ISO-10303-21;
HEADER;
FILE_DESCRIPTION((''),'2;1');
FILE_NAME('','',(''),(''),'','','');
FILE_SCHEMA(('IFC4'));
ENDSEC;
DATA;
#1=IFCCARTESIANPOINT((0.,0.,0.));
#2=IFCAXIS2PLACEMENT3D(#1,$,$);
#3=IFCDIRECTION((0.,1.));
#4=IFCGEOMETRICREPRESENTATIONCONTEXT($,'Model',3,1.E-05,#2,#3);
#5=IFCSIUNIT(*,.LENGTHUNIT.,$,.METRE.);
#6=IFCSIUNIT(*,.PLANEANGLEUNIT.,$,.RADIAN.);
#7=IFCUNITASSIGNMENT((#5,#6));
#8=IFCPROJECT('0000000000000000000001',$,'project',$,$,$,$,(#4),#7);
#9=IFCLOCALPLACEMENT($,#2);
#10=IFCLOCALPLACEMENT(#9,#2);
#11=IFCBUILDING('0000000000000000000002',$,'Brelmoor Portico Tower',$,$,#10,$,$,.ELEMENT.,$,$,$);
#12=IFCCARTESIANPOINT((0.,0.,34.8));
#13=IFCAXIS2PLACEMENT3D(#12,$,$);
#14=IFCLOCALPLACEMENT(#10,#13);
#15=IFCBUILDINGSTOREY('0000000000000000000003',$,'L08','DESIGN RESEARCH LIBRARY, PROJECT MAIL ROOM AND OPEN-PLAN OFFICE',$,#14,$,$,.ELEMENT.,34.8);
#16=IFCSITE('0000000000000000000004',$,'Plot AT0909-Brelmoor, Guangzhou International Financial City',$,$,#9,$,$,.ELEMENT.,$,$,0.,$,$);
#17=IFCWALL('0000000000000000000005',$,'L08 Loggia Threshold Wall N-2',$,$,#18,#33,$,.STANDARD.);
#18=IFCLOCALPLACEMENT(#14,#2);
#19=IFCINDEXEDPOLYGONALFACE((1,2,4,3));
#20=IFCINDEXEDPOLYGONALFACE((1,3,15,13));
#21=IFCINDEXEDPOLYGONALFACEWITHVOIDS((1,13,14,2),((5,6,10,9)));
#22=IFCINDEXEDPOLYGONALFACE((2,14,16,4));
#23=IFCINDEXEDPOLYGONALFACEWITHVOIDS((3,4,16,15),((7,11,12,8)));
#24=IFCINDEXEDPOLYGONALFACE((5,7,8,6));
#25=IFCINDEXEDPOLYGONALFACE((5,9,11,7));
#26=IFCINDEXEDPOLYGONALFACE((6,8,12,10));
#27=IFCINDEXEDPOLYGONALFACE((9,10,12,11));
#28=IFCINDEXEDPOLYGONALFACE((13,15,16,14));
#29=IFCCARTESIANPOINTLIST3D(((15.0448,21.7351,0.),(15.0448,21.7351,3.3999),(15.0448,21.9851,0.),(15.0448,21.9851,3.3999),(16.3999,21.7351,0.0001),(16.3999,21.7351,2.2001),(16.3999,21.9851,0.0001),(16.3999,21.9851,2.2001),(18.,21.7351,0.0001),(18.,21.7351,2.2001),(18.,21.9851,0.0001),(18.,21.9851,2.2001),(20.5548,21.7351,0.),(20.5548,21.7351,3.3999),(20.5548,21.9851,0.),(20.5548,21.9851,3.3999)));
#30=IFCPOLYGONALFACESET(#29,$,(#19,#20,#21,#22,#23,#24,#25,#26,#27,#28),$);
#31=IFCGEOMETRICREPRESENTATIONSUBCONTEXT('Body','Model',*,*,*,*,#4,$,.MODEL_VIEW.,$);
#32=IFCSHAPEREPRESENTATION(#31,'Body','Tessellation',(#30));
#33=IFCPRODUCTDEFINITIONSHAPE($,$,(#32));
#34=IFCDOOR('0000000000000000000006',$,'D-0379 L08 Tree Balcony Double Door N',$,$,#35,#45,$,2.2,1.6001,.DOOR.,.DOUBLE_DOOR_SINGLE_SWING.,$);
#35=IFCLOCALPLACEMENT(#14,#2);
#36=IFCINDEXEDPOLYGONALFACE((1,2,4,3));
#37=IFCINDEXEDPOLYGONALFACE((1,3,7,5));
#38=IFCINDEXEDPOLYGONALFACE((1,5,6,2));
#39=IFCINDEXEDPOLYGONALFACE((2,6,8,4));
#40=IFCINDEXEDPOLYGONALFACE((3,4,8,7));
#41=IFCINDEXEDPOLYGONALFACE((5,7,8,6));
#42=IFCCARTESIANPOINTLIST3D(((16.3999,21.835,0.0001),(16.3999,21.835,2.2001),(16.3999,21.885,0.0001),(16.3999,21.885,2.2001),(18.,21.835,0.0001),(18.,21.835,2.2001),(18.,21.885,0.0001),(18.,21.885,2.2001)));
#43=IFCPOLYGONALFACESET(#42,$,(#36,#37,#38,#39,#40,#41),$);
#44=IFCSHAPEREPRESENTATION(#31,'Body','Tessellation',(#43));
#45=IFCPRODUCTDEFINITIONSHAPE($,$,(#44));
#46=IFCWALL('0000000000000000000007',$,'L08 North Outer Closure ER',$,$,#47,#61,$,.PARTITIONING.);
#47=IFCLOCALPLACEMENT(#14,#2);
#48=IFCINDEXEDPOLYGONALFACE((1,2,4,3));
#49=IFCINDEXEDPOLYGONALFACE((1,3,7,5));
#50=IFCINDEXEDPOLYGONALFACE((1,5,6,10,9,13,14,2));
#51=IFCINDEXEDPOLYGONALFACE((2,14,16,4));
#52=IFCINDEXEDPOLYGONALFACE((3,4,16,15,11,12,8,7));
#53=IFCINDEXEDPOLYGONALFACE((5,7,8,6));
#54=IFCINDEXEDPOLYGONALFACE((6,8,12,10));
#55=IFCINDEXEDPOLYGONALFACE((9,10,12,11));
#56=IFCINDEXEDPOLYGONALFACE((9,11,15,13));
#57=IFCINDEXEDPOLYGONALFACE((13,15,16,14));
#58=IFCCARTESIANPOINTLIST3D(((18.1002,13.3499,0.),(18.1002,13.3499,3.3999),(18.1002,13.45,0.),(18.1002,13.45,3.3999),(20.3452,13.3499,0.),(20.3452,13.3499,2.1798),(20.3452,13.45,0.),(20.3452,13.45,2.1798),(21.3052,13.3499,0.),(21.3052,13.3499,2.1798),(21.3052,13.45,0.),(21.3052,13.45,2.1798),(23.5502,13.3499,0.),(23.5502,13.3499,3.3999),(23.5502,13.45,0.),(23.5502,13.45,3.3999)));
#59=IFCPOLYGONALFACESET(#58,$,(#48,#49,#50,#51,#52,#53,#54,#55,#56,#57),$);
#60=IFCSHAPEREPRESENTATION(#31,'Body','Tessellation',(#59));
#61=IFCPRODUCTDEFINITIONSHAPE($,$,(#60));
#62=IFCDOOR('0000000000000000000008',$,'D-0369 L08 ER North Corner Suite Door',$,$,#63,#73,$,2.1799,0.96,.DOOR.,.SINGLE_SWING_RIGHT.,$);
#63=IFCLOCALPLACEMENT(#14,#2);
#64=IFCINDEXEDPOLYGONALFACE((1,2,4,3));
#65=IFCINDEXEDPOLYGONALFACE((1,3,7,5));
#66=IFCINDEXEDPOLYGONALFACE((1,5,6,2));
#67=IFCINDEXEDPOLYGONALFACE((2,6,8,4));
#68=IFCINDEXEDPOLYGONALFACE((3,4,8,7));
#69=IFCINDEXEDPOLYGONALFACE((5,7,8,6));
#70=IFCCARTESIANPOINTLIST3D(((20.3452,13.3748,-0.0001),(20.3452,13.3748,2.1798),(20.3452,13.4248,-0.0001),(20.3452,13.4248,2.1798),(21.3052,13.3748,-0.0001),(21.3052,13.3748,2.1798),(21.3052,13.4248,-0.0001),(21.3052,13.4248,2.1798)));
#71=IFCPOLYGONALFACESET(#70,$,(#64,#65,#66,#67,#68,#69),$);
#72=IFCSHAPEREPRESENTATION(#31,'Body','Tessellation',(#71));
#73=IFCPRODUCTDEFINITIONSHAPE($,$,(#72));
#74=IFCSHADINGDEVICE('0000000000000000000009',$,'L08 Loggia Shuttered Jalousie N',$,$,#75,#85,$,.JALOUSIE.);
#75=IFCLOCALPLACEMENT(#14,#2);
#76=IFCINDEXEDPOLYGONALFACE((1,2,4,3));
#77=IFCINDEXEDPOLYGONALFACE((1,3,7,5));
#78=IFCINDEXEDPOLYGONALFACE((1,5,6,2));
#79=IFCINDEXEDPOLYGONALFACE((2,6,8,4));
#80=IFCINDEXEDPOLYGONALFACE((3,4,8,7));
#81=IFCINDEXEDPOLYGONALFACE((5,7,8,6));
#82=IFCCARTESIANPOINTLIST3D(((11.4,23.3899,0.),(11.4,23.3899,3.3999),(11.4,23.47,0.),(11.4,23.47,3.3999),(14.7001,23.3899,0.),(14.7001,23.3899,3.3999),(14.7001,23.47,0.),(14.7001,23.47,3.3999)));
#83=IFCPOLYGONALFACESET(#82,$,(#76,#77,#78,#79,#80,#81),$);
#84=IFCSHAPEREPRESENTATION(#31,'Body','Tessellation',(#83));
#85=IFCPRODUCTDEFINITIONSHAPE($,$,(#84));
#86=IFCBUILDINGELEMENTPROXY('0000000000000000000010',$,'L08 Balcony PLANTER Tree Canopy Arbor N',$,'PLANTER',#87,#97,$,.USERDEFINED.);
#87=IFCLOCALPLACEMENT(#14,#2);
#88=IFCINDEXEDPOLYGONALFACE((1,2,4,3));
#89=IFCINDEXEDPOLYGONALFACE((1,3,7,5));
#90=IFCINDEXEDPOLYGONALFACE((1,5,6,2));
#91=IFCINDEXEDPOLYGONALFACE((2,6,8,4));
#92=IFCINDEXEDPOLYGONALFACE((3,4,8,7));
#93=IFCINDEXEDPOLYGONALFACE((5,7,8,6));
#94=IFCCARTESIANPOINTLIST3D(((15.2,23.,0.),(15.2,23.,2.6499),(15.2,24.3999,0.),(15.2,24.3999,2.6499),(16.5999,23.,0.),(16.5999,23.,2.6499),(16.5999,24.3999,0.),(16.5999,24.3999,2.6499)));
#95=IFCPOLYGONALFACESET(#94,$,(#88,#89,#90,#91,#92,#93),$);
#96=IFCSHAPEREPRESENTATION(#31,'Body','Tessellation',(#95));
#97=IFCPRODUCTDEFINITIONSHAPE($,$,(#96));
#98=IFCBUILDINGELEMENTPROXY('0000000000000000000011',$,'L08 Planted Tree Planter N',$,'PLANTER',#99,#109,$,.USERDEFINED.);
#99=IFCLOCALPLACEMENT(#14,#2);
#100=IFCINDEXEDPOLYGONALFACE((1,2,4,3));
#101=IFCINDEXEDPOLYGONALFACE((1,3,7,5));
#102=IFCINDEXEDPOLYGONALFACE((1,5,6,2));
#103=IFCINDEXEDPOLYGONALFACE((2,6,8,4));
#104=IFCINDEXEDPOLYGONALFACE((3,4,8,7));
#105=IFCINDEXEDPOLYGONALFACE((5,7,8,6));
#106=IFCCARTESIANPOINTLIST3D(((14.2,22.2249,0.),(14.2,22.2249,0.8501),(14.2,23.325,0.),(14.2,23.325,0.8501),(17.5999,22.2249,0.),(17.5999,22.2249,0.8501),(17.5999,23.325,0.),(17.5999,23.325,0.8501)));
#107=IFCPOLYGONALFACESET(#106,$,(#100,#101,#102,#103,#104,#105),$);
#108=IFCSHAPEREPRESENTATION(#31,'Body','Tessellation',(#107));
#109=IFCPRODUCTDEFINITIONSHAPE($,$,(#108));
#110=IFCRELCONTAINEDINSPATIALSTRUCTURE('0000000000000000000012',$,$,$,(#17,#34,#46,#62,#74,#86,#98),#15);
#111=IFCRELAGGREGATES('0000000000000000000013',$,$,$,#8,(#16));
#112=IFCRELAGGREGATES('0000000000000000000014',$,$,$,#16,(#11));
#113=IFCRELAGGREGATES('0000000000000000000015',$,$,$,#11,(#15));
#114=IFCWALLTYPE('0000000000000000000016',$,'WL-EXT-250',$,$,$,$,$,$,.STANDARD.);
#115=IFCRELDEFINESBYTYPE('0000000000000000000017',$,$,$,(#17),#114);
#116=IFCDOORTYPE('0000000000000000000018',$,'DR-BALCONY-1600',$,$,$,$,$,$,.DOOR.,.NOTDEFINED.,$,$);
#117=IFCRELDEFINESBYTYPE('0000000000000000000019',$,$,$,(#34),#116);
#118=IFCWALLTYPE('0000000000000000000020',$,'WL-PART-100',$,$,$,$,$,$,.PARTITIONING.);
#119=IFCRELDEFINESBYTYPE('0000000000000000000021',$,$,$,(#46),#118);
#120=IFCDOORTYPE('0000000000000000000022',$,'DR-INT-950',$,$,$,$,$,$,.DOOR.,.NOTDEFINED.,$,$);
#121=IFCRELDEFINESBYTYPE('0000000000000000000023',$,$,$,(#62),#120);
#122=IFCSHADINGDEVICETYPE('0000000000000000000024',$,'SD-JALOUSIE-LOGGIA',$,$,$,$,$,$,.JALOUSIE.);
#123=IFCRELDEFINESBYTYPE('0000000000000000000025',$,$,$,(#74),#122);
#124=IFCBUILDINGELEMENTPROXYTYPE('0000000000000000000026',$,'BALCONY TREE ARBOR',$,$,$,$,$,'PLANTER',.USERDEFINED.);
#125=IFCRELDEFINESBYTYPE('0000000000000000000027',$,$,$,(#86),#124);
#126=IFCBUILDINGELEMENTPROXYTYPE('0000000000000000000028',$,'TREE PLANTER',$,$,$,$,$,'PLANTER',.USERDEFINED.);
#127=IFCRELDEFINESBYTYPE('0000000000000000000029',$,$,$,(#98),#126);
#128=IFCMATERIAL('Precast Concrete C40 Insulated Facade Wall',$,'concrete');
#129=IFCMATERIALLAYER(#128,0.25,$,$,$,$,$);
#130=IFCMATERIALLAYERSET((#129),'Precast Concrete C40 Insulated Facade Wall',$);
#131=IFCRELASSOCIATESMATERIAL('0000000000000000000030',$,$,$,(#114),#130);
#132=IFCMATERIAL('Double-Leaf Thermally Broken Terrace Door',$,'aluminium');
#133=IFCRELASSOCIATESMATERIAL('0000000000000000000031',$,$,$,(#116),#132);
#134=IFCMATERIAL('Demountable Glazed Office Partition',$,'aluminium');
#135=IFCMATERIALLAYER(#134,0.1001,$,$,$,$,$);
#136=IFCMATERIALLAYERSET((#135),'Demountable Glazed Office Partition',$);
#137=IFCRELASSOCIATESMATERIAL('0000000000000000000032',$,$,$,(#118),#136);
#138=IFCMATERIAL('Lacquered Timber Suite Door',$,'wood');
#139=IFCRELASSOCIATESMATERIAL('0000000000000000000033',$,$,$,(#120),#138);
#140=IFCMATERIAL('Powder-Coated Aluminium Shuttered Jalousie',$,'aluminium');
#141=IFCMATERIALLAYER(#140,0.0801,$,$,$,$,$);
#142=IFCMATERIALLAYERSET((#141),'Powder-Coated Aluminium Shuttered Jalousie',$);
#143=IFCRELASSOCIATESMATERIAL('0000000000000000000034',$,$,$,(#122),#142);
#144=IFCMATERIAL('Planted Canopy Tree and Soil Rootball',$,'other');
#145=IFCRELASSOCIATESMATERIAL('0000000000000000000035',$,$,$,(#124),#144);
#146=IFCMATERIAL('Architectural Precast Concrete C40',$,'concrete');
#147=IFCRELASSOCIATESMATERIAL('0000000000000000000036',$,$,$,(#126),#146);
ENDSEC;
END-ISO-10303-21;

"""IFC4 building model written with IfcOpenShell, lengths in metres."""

from ifc_helpers import new_model, si_unit, direction, frame, frame_2d, origin, origin_2d, place, context, subcontext, project, spatial, rectangle, extrude, material, layer, layer_set, type_object, element, fill, save


model = new_model("IFC4")

# Units and contexts
model_context = context("Model", 3, precision=1e-05, world=origin(), true_north=direction((0.0, 1.0)))
body_context = subcontext(model_context, "Body", "Model", "MODEL_VIEW")
ifc_project = project(units=[si_unit("LENGTHUNIT", "METRE"), si_unit("PLANEANGLEUNIT", "RADIAN")], contexts=[model_context])

# Site, building, storey
site_placement = place(None, origin())
site = spatial("IfcSite", under=ifc_project, at=site_placement, Name="Plot AT0909-Brelmoor, Guangzhou International Financial City", CompositionType="ELEMENT", RefElevation=0.0)
building_placement = place(site_placement, origin())
building = spatial("IfcBuilding", under=site, at=building_placement, Name="Brelmoor Portico Tower", CompositionType="ELEMENT")
storey_placement = place(building_placement, frame((0.0, 0.0, 34.8)))
storey = spatial("IfcBuildingStorey", under=building, at=storey_placement, Name="L08", Description="DESIGN RESEARCH LIBRARY, PROJECT MAIL ROOM AND OPEN-PLAN OFFICE", CompositionType="ELEMENT", Elevation=34.8)

# Walls, openings, doors
ifc_material_1 = material(Name="Precast Concrete C40 Insulated Facade Wall", Category="concrete")
ifc_layer_1 = layer(ifc_material_1, 0.25)
ifc_layer_set_1 = layer_set([ifc_layer_1], Name="Precast Concrete C40 Insulated Facade Wall")
wall_type_1 = type_object("IfcWallType", Name="WL-EXT-250", PredefinedType="STANDARD", material=ifc_layer_set_1)
wall_1_placement = place(storey_placement, frame((15.0449, 21.8601, 0.0), z_axis=(0.0, 0.0, 1.0), x_axis=(1.0, 0.0, 0.0)))
wall_1 = element("IfcWall", 1, at=wall_1_placement, inside=storey, type_object=wall_type_1, Name="L08 Loggia Threshold Wall N-2", PredefinedType="STANDARD", context=body_context, shape_type="SweptSolid", body=[
    extrude(rectangle(XDim=5.51, YDim=0.25, at=frame_2d((2.7549, 0.0))), origin(), (0.0, 0.0, 1.0), 3.3999),
])
opening_1_placement = place(wall_1_placement, frame((1.355, 0.0, 0.0)))
opening_1 = element("IfcOpeningElement", 2, at=opening_1_placement, cuts=wall_1, PredefinedType="OPENING", context=body_context, shape_type="SweptSolid", body=[
    extrude(rectangle(XDim=1.6001, YDim=2.2, at=frame_2d((0.8, 1.1001))), frame((0.0, 0.135, 0.0), z_axis=(0.0, -1.0, 0.0), x_axis=(1.0, 0.0, 0.0)), (0.0, 0.0, 1.0), 0.27),
])
ifc_material_2 = material(Name="Double-Leaf Thermally Broken Terrace Door", Category="aluminium")
door_type_1 = type_object("IfcDoorType", Name="DR-BALCONY-1600", OperationType="NOTDEFINED", PredefinedType="DOOR", material=ifc_material_2)
door_1_placement = place(opening_1_placement, origin())
door_1 = element("IfcDoor", 3, at=door_1_placement, inside=storey, type_object=door_type_1, Name="D-0379 L08 Tree Balcony Double Door N", OperationType="DOUBLE_DOOR_SINGLE_SWING", OverallHeight=2.2, OverallWidth=1.6001, PredefinedType="DOOR", context=body_context, shape_type="SweptSolid", body=[
    extrude(rectangle(XDim=1.6001, YDim=2.2, at=frame_2d((0.8, 1.1001))), frame((0.0, 0.0249, 0.0), z_axis=(0.0, -1.0, 0.0), x_axis=(1.0, 0.0, 0.0)), (0.0, 0.0, 1.0), 0.05),
])
fill(opening_1, door_1)
ifc_material_3 = material(Name="Demountable Glazed Office Partition", Category="aluminium")
ifc_layer_2 = layer(ifc_material_3, 0.1001)
ifc_layer_set_2 = layer_set([ifc_layer_2], Name="Demountable Glazed Office Partition")
wall_type_2 = type_object("IfcWallType", Name="WL-PART-100", PredefinedType="PARTITIONING", material=ifc_layer_set_2)
wall_2_placement = place(storey_placement, frame((18.1001, 13.3999, 0.0), z_axis=(0.0, 0.0, 1.0), x_axis=(1.0, 0.0, 0.0)))
wall_2 = element("IfcWall", 4, at=wall_2_placement, inside=storey, type_object=wall_type_2, Name="L08 North Outer Closure ER", PredefinedType="PARTITIONING", context=body_context, shape_type="SweptSolid", body=[
    extrude(rectangle(XDim=5.45, YDim=0.1001, at=frame_2d((2.7251, 0.0))), origin(), (0.0, 0.0, 1.0), 3.3999),
])
opening_2_placement = place(wall_2_placement, frame((2.2451, 0.0, 0.0)))
opening_2 = element("IfcOpeningElement", 5, at=opening_2_placement, cuts=wall_2, PredefinedType="OPENING", context=body_context, shape_type="SweptSolid", body=[
    extrude(rectangle(XDim=0.96, YDim=2.1799, at=frame_2d((0.48, 1.0898))), frame((0.0, 0.0601, 0.0), z_axis=(0.0, -1.0, 0.0), x_axis=(1.0, 0.0, 0.0)), (0.0, 0.0, 1.0), 0.1201),
])
ifc_material_4 = material(Name="Lacquered Timber Suite Door", Category="wood")
door_type_2 = type_object("IfcDoorType", Name="DR-INT-950", OperationType="NOTDEFINED", PredefinedType="DOOR", material=ifc_material_4)
door_2_placement = place(opening_2_placement, origin())
door_2 = element("IfcDoor", 6, at=door_2_placement, inside=storey, type_object=door_type_2, Name="D-0369 L08 ER North Corner Suite Door", OperationType="SINGLE_SWING_RIGHT", OverallHeight=2.1799, OverallWidth=0.96, PredefinedType="DOOR", context=body_context, shape_type="SweptSolid", body=[
    extrude(rectangle(XDim=0.96, YDim=2.1799, at=frame_2d((0.48, 1.0898))), frame((0.0, 0.0249, 0.0), z_axis=(0.0, -1.0, 0.0), x_axis=(1.0, 0.0, 0.0)), (0.0, 0.0, 1.0), 0.05),
])
fill(opening_2, door_2)

# Shading device
ifc_material_5 = material(Name="Powder-Coated Aluminium Shuttered Jalousie", Category="aluminium")
ifc_layer_3 = layer(ifc_material_5, 0.0801)
ifc_layer_set_3 = layer_set([ifc_layer_3], Name="Powder-Coated Aluminium Shuttered Jalousie")
shading_device_type = type_object("IfcShadingDeviceType", Name="SD-JALOUSIE-LOGGIA", PredefinedType="JALOUSIE", material=ifc_layer_set_3)
shading_device_placement = place(storey_placement, frame((13.05, 23.4299, 0.0), z_axis=(0.0, 0.0, 1.0), x_axis=(1.0, 0.0, 0.0)))
element("IfcShadingDevice", 7, at=shading_device_placement, inside=storey, type_object=shading_device_type, Name="L08 Loggia Shuttered Jalousie N", PredefinedType="JALOUSIE", context=body_context, shape_type="SweptSolid", body=[
    extrude(rectangle(XDim=3.3, YDim=0.0801, at=origin_2d()), origin(), (0.0, 0.0, 1.0), 3.3999),
])

# Building element proxies
ifc_material_6 = material(Name="Planted Canopy Tree and Soil Rootball", Category="other")
building_element_proxy_type_1 = type_object("IfcBuildingElementProxyType", Name="BALCONY TREE ARBOR", ElementType="PLANTER", PredefinedType="USERDEFINED", material=ifc_material_6)
proxy_1_placement = place(storey_placement, frame((15.8999, 23.7, 0.0), z_axis=(0.0, 0.0, 1.0), x_axis=(1.0, 0.0, 0.0)))
element("IfcBuildingElementProxy", 8, at=proxy_1_placement, inside=storey, type_object=building_element_proxy_type_1, Name="L08 Balcony PLANTER Tree Canopy Arbor N", ObjectType="PLANTER", PredefinedType="USERDEFINED", context=body_context, shape_type="SweptSolid", body=[
    extrude(rectangle(XDim=1.3999, YDim=1.3999, at=origin_2d()), origin(), (0.0, 0.0, 1.0), 2.6499),
])
ifc_material_7 = material(Name="Architectural Precast Concrete C40", Category="concrete")
building_element_proxy_type_2 = type_object("IfcBuildingElementProxyType", Name="TREE PLANTER", ElementType="PLANTER", PredefinedType="USERDEFINED", material=ifc_material_7)
proxy_2_placement = place(storey_placement, frame((15.8999, 22.7749, 0.0), z_axis=(0.0, 0.0, 1.0), x_axis=(1.0, 0.0, 0.0)))
element("IfcBuildingElementProxy", 9, at=proxy_2_placement, inside=storey, type_object=building_element_proxy_type_2, Name="L08 Planted Tree Planter N", ObjectType="PLANTER", PredefinedType="USERDEFINED", context=body_context, shape_type="SweptSolid", body=[
    extrude(rectangle(XDim=3.3999, YDim=1.1001, at=origin_2d()), origin(), (0.0, 0.0, 1.0), 0.8501),
])

save(model, "model.ifc")
